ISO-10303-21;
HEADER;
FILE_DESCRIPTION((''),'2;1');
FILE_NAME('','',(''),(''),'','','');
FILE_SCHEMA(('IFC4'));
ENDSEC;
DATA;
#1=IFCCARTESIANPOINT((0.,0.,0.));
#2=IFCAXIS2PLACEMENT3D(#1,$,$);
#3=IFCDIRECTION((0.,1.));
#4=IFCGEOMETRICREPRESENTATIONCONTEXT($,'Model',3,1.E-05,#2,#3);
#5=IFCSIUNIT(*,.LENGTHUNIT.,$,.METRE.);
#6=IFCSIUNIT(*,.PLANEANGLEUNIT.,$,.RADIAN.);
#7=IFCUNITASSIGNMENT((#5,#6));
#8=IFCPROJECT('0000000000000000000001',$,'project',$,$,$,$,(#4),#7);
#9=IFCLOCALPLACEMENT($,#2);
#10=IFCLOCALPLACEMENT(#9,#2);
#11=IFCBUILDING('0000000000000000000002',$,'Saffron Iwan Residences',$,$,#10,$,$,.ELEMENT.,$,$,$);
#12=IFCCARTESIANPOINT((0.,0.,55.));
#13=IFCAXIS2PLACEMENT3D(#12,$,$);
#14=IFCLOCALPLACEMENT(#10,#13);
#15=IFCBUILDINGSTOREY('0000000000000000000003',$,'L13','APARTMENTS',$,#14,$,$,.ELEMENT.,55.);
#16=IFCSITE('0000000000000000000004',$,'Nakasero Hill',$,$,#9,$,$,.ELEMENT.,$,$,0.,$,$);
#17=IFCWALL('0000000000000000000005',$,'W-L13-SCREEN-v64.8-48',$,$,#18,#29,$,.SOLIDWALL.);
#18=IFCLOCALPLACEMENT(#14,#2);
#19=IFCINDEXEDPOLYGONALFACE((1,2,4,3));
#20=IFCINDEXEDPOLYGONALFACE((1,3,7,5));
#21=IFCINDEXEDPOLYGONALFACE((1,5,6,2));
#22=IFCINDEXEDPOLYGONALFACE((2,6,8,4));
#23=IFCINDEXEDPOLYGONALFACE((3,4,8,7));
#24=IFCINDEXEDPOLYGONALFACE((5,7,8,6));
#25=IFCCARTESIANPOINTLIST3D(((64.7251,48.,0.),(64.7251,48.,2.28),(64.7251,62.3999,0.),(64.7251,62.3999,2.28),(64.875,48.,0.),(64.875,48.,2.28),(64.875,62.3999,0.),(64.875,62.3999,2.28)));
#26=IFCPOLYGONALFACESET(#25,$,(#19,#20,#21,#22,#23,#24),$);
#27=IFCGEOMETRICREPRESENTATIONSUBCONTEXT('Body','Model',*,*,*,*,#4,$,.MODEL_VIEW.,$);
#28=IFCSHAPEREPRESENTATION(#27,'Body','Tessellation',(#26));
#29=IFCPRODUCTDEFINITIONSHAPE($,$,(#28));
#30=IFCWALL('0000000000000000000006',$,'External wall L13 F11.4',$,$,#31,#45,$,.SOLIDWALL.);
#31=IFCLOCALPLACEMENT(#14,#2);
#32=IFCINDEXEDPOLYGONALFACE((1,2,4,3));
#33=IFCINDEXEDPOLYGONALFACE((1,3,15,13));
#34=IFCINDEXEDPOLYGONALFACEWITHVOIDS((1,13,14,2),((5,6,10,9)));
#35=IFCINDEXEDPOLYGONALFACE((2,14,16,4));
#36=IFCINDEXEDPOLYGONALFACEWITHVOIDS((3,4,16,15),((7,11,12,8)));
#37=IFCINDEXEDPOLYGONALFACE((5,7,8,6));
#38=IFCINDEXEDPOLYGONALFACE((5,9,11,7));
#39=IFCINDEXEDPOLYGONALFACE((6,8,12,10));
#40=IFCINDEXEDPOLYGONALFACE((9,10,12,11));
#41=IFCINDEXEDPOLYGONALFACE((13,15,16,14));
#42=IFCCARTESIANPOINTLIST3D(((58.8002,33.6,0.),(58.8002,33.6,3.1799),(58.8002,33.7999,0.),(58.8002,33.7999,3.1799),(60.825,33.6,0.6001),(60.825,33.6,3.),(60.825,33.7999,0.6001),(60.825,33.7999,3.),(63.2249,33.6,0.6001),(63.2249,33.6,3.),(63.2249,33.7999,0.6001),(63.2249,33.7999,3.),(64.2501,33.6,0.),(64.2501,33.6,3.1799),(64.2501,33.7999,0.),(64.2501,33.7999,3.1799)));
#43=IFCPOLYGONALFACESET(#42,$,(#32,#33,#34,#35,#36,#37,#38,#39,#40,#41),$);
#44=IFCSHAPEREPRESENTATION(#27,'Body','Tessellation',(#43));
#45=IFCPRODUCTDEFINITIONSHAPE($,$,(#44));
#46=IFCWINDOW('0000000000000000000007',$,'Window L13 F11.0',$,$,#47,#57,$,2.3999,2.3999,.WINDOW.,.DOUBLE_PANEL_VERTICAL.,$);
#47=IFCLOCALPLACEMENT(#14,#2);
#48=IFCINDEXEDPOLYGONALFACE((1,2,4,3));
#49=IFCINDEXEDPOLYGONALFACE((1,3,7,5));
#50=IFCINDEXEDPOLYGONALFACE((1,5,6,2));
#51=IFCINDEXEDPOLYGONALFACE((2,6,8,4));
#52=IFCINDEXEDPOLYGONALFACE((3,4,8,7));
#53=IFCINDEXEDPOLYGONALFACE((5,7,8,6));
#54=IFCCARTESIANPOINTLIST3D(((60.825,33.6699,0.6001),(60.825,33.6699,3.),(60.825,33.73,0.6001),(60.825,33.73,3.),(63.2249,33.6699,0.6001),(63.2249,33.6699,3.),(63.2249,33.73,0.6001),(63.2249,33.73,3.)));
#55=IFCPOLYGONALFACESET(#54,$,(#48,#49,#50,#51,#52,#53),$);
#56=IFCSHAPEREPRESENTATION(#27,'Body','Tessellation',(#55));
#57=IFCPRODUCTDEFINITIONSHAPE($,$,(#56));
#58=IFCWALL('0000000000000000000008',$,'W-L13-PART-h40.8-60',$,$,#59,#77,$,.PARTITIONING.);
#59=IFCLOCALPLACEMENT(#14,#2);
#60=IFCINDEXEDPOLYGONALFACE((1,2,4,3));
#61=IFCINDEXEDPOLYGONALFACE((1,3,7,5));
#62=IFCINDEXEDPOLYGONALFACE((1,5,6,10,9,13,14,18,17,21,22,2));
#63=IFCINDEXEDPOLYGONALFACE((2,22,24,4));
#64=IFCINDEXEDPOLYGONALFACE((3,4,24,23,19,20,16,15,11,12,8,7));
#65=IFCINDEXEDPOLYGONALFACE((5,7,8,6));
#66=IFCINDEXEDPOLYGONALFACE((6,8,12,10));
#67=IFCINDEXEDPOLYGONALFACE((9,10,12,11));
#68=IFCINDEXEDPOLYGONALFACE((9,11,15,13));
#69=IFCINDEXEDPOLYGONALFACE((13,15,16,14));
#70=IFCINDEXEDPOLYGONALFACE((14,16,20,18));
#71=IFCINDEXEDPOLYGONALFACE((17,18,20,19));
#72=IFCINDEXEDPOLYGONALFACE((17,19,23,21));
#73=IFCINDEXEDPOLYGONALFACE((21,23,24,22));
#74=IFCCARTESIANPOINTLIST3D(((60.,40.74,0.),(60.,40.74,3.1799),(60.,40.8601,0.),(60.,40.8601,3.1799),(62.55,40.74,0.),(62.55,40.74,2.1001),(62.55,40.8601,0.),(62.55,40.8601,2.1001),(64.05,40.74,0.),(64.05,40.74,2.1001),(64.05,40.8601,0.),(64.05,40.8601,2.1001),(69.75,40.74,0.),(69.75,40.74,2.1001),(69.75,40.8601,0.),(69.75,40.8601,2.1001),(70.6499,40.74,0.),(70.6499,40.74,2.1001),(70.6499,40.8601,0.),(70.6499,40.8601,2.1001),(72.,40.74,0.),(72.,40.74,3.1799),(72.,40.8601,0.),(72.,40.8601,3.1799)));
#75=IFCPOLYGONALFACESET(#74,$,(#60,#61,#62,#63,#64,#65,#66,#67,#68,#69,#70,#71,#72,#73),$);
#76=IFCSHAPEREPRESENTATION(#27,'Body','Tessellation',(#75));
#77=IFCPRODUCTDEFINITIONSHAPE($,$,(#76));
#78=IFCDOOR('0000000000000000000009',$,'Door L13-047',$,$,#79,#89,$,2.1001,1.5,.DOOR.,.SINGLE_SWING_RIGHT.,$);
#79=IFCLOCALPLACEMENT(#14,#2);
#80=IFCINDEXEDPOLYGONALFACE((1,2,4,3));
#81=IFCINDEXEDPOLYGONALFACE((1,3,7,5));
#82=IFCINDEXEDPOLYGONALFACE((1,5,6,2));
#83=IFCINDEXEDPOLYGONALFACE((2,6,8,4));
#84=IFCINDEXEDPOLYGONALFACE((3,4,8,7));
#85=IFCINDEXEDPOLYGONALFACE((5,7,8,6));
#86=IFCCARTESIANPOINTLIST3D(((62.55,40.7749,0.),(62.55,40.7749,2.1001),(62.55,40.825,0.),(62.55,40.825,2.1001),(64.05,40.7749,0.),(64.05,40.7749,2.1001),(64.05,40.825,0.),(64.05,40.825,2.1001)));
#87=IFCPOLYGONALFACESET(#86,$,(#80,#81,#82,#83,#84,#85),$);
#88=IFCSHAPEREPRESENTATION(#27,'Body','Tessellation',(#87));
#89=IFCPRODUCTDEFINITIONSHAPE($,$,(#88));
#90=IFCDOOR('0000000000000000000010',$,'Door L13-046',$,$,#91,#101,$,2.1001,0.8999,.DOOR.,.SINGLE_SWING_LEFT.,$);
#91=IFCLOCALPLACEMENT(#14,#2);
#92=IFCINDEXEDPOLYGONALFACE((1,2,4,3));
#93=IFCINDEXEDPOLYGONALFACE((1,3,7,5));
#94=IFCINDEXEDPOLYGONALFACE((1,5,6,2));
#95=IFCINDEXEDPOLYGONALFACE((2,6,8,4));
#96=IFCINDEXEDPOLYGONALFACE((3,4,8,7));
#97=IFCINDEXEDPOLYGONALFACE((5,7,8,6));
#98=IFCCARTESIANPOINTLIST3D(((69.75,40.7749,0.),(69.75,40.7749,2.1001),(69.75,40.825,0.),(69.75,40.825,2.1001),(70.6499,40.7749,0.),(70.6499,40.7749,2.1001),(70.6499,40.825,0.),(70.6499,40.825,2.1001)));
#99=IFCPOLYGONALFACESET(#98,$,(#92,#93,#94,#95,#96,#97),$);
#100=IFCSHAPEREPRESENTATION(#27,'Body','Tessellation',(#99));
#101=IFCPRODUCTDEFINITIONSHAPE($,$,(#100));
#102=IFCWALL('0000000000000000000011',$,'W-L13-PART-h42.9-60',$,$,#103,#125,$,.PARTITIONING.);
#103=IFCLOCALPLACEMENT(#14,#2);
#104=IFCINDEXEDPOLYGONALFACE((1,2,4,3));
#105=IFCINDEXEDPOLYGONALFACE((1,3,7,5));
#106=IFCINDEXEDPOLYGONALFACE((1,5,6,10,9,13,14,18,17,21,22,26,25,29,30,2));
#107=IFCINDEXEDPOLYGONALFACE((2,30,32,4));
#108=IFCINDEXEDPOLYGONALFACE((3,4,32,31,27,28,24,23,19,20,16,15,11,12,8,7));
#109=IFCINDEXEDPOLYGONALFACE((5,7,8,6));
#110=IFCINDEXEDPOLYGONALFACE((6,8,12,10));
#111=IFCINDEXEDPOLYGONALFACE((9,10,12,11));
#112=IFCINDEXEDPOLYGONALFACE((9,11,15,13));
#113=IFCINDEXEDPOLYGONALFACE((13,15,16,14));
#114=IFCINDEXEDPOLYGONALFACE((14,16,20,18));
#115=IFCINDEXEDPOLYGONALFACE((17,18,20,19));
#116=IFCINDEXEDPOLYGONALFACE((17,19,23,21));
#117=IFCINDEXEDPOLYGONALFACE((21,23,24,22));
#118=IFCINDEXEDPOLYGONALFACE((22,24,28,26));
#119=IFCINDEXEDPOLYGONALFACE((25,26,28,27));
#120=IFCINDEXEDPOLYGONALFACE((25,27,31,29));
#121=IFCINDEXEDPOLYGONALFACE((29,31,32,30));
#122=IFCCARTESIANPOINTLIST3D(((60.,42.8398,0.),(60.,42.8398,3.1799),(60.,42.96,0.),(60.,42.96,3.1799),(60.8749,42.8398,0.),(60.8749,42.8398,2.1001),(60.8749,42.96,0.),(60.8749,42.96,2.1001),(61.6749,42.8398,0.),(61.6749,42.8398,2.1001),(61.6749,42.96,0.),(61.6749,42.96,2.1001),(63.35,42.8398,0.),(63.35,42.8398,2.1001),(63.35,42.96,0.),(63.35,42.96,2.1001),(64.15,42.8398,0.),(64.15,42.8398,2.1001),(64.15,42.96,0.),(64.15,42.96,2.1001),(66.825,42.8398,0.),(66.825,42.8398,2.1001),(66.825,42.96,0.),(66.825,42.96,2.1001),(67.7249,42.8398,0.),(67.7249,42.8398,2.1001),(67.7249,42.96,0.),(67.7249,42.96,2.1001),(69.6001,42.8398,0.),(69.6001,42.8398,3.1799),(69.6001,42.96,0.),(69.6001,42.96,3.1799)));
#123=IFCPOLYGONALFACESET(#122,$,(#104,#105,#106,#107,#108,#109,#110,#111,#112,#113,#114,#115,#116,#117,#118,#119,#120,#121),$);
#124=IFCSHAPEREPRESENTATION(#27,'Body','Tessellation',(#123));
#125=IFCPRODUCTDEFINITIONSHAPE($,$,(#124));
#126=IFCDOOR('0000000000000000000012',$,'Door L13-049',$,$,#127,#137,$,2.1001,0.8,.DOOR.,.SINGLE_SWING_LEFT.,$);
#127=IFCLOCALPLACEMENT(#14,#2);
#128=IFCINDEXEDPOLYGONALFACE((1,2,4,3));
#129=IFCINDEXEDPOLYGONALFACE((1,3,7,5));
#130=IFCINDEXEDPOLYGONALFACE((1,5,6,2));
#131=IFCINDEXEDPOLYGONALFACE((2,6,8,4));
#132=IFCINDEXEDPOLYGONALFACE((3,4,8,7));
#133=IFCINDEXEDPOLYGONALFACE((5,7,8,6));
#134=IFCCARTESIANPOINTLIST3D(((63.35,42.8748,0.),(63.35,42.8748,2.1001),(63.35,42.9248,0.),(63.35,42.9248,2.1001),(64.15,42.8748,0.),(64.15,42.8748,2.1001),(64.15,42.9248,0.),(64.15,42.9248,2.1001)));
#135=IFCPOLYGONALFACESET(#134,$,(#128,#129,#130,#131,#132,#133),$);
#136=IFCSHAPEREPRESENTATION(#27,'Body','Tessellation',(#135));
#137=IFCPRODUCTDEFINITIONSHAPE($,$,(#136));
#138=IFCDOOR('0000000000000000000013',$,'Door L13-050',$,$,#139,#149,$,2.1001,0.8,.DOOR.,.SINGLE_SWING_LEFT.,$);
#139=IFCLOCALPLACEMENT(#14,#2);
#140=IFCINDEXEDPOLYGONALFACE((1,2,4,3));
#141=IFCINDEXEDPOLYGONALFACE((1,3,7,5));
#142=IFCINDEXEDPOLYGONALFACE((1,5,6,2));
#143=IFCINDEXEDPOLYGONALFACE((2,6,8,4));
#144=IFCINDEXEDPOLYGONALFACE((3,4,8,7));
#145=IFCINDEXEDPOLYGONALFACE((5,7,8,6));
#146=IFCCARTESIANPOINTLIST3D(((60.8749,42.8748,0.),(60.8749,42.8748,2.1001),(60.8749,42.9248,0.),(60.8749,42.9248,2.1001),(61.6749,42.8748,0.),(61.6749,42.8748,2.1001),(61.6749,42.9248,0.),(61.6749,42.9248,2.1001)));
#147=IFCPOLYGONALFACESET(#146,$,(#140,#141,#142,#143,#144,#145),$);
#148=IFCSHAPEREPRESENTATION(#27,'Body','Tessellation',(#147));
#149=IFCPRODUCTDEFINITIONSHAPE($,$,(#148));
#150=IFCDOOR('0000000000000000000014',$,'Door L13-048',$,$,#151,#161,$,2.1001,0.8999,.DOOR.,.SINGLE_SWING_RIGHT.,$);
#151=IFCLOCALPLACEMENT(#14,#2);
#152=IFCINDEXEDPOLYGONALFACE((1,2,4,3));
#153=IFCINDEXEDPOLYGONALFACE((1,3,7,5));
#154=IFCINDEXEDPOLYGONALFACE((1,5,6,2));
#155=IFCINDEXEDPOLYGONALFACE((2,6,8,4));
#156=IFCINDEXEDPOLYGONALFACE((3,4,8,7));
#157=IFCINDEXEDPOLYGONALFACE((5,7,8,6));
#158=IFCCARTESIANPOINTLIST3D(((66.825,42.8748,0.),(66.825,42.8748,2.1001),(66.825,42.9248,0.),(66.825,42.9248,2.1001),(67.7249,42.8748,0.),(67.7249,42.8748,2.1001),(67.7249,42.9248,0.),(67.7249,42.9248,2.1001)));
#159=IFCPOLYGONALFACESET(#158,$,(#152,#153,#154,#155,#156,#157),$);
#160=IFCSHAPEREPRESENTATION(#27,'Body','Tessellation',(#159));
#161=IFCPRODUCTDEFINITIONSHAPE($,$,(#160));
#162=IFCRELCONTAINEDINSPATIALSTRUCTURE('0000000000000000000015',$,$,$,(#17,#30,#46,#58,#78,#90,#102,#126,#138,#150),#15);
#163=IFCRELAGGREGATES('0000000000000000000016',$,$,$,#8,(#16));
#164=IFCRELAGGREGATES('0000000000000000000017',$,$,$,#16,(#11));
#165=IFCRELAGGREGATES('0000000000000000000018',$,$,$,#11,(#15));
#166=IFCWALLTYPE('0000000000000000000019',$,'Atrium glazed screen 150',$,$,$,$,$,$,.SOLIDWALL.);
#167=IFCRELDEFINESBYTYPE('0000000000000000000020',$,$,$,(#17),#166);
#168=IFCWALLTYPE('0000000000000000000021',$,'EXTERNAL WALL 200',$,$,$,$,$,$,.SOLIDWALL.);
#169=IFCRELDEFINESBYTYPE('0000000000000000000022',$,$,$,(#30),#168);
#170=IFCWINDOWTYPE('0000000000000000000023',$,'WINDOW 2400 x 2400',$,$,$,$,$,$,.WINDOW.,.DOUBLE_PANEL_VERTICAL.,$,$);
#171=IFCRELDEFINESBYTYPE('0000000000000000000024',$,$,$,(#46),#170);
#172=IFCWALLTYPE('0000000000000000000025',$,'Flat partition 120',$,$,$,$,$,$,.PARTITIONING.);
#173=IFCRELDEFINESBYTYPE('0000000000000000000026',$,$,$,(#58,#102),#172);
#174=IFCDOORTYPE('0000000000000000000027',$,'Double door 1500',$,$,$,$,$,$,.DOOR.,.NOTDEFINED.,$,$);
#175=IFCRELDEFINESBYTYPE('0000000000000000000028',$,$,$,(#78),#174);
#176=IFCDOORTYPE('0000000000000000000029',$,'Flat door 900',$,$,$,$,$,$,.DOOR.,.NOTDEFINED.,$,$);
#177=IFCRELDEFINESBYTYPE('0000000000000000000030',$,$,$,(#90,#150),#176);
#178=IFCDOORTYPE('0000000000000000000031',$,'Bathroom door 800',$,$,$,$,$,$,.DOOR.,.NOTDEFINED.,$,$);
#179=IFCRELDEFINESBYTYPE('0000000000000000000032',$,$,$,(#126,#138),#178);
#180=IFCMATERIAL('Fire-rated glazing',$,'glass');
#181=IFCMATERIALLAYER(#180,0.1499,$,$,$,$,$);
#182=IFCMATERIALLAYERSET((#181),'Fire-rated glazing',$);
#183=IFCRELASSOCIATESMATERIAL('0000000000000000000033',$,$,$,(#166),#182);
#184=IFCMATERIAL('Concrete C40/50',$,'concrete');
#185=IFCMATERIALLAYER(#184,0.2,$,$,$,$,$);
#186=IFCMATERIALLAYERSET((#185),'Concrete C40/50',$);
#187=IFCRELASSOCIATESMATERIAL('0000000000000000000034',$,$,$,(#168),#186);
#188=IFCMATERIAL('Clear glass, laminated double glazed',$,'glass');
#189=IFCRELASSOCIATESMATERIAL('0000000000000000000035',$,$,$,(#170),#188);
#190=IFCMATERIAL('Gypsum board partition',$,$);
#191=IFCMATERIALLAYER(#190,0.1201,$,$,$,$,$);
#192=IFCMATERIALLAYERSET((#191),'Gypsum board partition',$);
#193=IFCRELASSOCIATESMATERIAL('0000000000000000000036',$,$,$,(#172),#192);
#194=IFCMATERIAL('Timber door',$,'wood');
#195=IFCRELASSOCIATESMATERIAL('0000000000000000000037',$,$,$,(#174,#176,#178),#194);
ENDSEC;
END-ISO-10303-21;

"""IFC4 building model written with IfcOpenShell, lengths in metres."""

from ifc_helpers import new_model, si_unit, direction, frame, frame_2d, origin, place, context, subcontext, project, spatial, rectangle, extrude, material, layer, layer_set, type_object, element, fill, save


model = new_model("IFC4")

# Units and contexts
model_context = context("Model", 3, precision=1e-05, world=origin(), true_north=direction((0.0, 1.0)))
body_context = subcontext(model_context, "Body", "Model", "MODEL_VIEW")
ifc_project = project(units=[si_unit("LENGTHUNIT", "METRE"), si_unit("PLANEANGLEUNIT", "RADIAN")], contexts=[model_context])

# Site, building, storey
site_placement = place(None, origin())
site = spatial("IfcSite", under=ifc_project, at=site_placement, Name="Nakasero Hill", CompositionType="ELEMENT", RefElevation=0.0)
building_placement = place(site_placement, origin())
building = spatial("IfcBuilding", under=site, at=building_placement, Name="Saffron Iwan Residences", CompositionType="ELEMENT")
storey_placement = place(building_placement, frame((0.0, 0.0, 55.0)))
storey = spatial("IfcBuildingStorey", under=building, at=storey_placement, Name="L13", Description="APARTMENTS", CompositionType="ELEMENT", Elevation=55.0)

# Wall
ifc_material_1 = material(Name="Fire-rated glazing", Category="glass")
ifc_layer_1 = layer(ifc_material_1, 0.1499)
ifc_layer_set_1 = layer_set([ifc_layer_1], Name="Fire-rated glazing")
wall_type_1 = type_object("IfcWallType", Name="Atrium glazed screen 150", PredefinedType="SOLIDWALL", material=ifc_layer_set_1)
wall_1_placement = place(storey_placement, frame((64.8, 48.0, 0.0), z_axis=(0.0, 0.0, 1.0), x_axis=(0.0, 1.0, 0.0)))
element("IfcWall", 1, at=wall_1_placement, inside=storey, type_object=wall_type_1, Name="W-L13-SCREEN-v64.8-48", PredefinedType="SOLIDWALL", context=body_context, shape_type="SweptSolid", body=[
    extrude(rectangle(XDim=14.3999, YDim=0.1499, at=frame_2d((7.2, 0.0))), origin(), (0.0, 0.0, 1.0), 2.28),
])

# Wall, opening, window
ifc_material_2 = material(Name="Concrete C40/50", Category="concrete")
ifc_layer_2 = layer(ifc_material_2, 0.2)
ifc_layer_set_2 = layer_set([ifc_layer_2], Name="Concrete C40/50")
wall_type_2 = type_object("IfcWallType", Name="EXTERNAL WALL 200", PredefinedType="SOLIDWALL", material=ifc_layer_set_2)
wall_2_placement = place(storey_placement, frame((58.8, 33.7, 0.0), z_axis=(0.0, 0.0, 1.0), x_axis=(1.0, 0.0, 0.0)))
wall_2 = element("IfcWall", 2, at=wall_2_placement, inside=storey, type_object=wall_type_2, Name="External wall L13 F11.4", PredefinedType="SOLIDWALL", context=body_context, shape_type="SweptSolid", body=[
    extrude(rectangle(XDim=5.45, YDim=0.2, at=frame_2d((2.7251, 0.0))), origin(), (0.0, 0.0, 1.0), 3.1799),
])
opening_1_placement = place(wall_2_placement, frame((2.0249, 0.0, 0.6001)))
opening_1 = element("IfcOpeningElement", 3, at=opening_1_placement, cuts=wall_2, PredefinedType="OPENING", context=body_context, shape_type="SweptSolid", body=[
    extrude(rectangle(XDim=2.3999, YDim=2.3999, at=frame_2d((1.2, 1.2))), frame((0.0, 0.1099, 0.0), z_axis=(0.0, -1.0, 0.0), x_axis=(1.0, 0.0, 0.0)), (0.0, 0.0, 1.0), 0.22),
])
ifc_material_3 = material(Name="Clear glass, laminated double glazed", Category="glass")
window_type = type_object("IfcWindowType", Name="WINDOW 2400 x 2400", PartitioningType="DOUBLE_PANEL_VERTICAL", PredefinedType="WINDOW", material=ifc_material_3)
window_placement = place(opening_1_placement, origin())
window = element("IfcWindow", 4, at=window_placement, inside=storey, type_object=window_type, Name="Window L13 F11.0", OverallHeight=2.3999, OverallWidth=2.3999, PartitioningType="DOUBLE_PANEL_VERTICAL", PredefinedType="WINDOW", context=body_context, shape_type="SweptSolid", body=[
    extrude(rectangle(XDim=2.3999, YDim=2.3999, at=frame_2d((1.2, 1.2))), frame((0.0, 0.03, 0.0), z_axis=(0.0, -1.0, 0.0), x_axis=(1.0, 0.0, 0.0)), (0.0, 0.0, 1.0), 0.0601),
])
fill(opening_1, window)

# Walls, openings, doors
ifc_material_4 = material(Name="Gypsum board partition")
ifc_layer_3 = layer(ifc_material_4, 0.1201)
ifc_layer_set_3 = layer_set([ifc_layer_3], Name="Gypsum board partition")
wall_type_3 = type_object("IfcWallType", Name="Flat partition 120", PredefinedType="PARTITIONING", material=ifc_layer_set_3)
wall_3_placement = place(storey_placement, frame((60.0, 40.8, 0.0), z_axis=(0.0, 0.0, 1.0), x_axis=(1.0, 0.0, 0.0)))
wall_3 = element("IfcWall", 5, at=wall_3_placement, inside=storey, type_object=wall_type_3, Name="W-L13-PART-h40.8-60", PredefinedType="PARTITIONING", context=body_context, shape_type="SweptSolid", body=[
    extrude(rectangle(XDim=12.0, YDim=0.1201, at=frame_2d((6.0, 0.0))), origin(), (0.0, 0.0, 1.0), 3.1799),
])
opening_2_placement = place(wall_3_placement, frame((9.75, 0.0, 0.0)))
opening_2 = element("IfcOpeningElement", 6, at=opening_2_placement, cuts=wall_3, PredefinedType="OPENING", context=body_context, shape_type="SweptSolid", body=[
    extrude(rectangle(XDim=0.8999, YDim=2.1001, at=frame_2d((0.45, 1.05))), frame((0.0, 0.0701, 0.0), z_axis=(0.0, -1.0, 0.0), x_axis=(1.0, 0.0, 0.0)), (0.0, 0.0, 1.0), 0.1401),
])
opening_3_placement = place(wall_3_placement, frame((2.55, 0.0, 0.0)))
opening_3 = element("IfcOpeningElement", 7, at=opening_3_placement, cuts=wall_3, PredefinedType="OPENING", context=body_context, shape_type="SweptSolid", body=[
    extrude(rectangle(XDim=1.5, YDim=2.1001, at=frame_2d((0.75, 1.05))), frame((0.0, 0.0701, 0.0), z_axis=(0.0, -1.0, 0.0), x_axis=(1.0, 0.0, 0.0)), (0.0, 0.0, 1.0), 0.1401),
])
ifc_material_5 = material(Name="Timber door", Category="wood")
door_type_1 = type_object("IfcDoorType", Name="Double door 1500", OperationType="NOTDEFINED", PredefinedType="DOOR", material=ifc_material_5)
door_1_placement = place(opening_3_placement, origin())
door_1 = element("IfcDoor", 8, at=door_1_placement, inside=storey, type_object=door_type_1, Name="Door L13-047", OperationType="SINGLE_SWING_RIGHT", OverallHeight=2.1001, OverallWidth=1.5, PredefinedType="DOOR", context=body_context, shape_type="SweptSolid", body=[
    extrude(rectangle(XDim=1.5, YDim=2.1001, at=frame_2d((0.75, 1.05))), frame((0.0, 0.0249, 0.0), z_axis=(0.0, -1.0, 0.0), x_axis=(1.0, 0.0, 0.0)), (0.0, 0.0, 1.0), 0.05),
])
fill(opening_3, door_1)
door_type_2 = type_object("IfcDoorType", Name="Flat door 900", OperationType="NOTDEFINED", PredefinedType="DOOR", material=ifc_material_5)
door_2_placement = place(opening_2_placement, origin())
door_2 = element("IfcDoor", 9, at=door_2_placement, inside=storey, type_object=door_type_2, Name="Door L13-046", OperationType="SINGLE_SWING_LEFT", OverallHeight=2.1001, OverallWidth=0.8999, PredefinedType="DOOR", context=body_context, shape_type="SweptSolid", body=[
    extrude(rectangle(XDim=0.8999, YDim=2.1001, at=frame_2d((0.45, 1.05))), frame((0.0, 0.0249, 0.0), z_axis=(0.0, -1.0, 0.0), x_axis=(1.0, 0.0, 0.0)), (0.0, 0.0, 1.0), 0.05),
])
fill(opening_2, door_2)
wall_4_placement = place(storey_placement, frame((60.0, 42.8999, 0.0), z_axis=(0.0, 0.0, 1.0), x_axis=(1.0, 0.0, 0.0)))
wall_4 = element("IfcWall", 10, at=wall_4_placement, inside=storey, type_object=wall_type_3, Name="W-L13-PART-h42.9-60", PredefinedType="PARTITIONING", context=body_context, shape_type="SweptSolid", body=[
    extrude(rectangle(XDim=9.6001, YDim=0.1201, at=frame_2d((4.8, 0.0))), origin(), (0.0, 0.0, 1.0), 3.1799),
])
opening_4_placement = place(wall_4_placement, frame((6.825, 0.0, 0.0)))
opening_4 = element("IfcOpeningElement", 11, at=opening_4_placement, cuts=wall_4, PredefinedType="OPENING", context=body_context, shape_type="SweptSolid", body=[
    extrude(rectangle(XDim=0.8999, YDim=2.1001, at=frame_2d((0.45, 1.05))), frame((0.0, 0.0701, 0.0), z_axis=(0.0, -1.0, 0.0), x_axis=(1.0, 0.0, 0.0)), (0.0, 0.0, 1.0), 0.1401),
])
opening_5_placement = place(wall_4_placement, frame((3.3501, 0.0, 0.0)))
opening_5 = element("IfcOpeningElement", 12, at=opening_5_placement, cuts=wall_4, PredefinedType="OPENING", context=body_context, shape_type="SweptSolid", body=[
    extrude(rectangle(XDim=0.8, YDim=2.1001, at=frame_2d((0.3999, 1.05))), frame((0.0, 0.0701, 0.0), z_axis=(0.0, -1.0, 0.0), x_axis=(1.0, 0.0, 0.0)), (0.0, 0.0, 1.0), 0.1401),
])
opening_6_placement = place(wall_4_placement, frame((0.875, 0.0, 0.0)))
opening_6 = element("IfcOpeningElement", 13, at=opening_6_placement, cuts=wall_4, PredefinedType="OPENING", context=body_context, shape_type="SweptSolid", body=[
    extrude(rectangle(XDim=0.8, YDim=2.1001, at=frame_2d((0.3999, 1.05))), frame((0.0, 0.0701, 0.0), z_axis=(0.0, -1.0, 0.0), x_axis=(1.0, 0.0, 0.0)), (0.0, 0.0, 1.0), 0.1401),
])
door_type_3 = type_object("IfcDoorType", Name="Bathroom door 800", OperationType="NOTDEFINED", PredefinedType="DOOR", material=ifc_material_5)
door_3_placement = place(opening_5_placement, origin())
door_3 = element("IfcDoor", 14, at=door_3_placement, inside=storey, type_object=door_type_3, Name="Door L13-049", OperationType="SINGLE_SWING_LEFT", OverallHeight=2.1001, OverallWidth=0.8, PredefinedType="DOOR", context=body_context, shape_type="SweptSolid", body=[
    extrude(rectangle(XDim=0.8, YDim=2.1001, at=frame_2d((0.3999, 1.05))), frame((0.0, 0.0249, 0.0), z_axis=(0.0, -1.0, 0.0), x_axis=(1.0, 0.0, 0.0)), (0.0, 0.0, 1.0), 0.05),
])
fill(opening_5, door_3)
door_4_placement = place(opening_6_placement, origin())
door_4 = element("IfcDoor", 15, at=door_4_placement, inside=storey, type_object=door_type_3, Name="Door L13-050", OperationType="SINGLE_SWING_LEFT", OverallHeight=2.1001, OverallWidth=0.8, PredefinedType="DOOR", context=body_context, shape_type="SweptSolid", body=[
    extrude(rectangle(XDim=0.8, YDim=2.1001, at=frame_2d((0.3999, 1.05))), frame((0.0, 0.0249, 0.0), z_axis=(0.0, -1.0, 0.0), x_axis=(1.0, 0.0, 0.0)), (0.0, 0.0, 1.0), 0.05),
])
fill(opening_6, door_4)
door_5_placement = place(opening_4_placement, origin())
door_5 = element("IfcDoor", 16, at=door_5_placement, inside=storey, type_object=door_type_2, Name="Door L13-048", OperationType="SINGLE_SWING_RIGHT", OverallHeight=2.1001, OverallWidth=0.8999, PredefinedType="DOOR", context=body_context, shape_type="SweptSolid", body=[
    extrude(rectangle(XDim=0.8999, YDim=2.1001, at=frame_2d((0.45, 1.05))), frame((0.0, 0.0249, 0.0), z_axis=(0.0, -1.0, 0.0), x_axis=(1.0, 0.0, 0.0)), (0.0, 0.0, 1.0), 0.05),
])
fill(opening_4, door_5)

save(model, "model.ifc")
